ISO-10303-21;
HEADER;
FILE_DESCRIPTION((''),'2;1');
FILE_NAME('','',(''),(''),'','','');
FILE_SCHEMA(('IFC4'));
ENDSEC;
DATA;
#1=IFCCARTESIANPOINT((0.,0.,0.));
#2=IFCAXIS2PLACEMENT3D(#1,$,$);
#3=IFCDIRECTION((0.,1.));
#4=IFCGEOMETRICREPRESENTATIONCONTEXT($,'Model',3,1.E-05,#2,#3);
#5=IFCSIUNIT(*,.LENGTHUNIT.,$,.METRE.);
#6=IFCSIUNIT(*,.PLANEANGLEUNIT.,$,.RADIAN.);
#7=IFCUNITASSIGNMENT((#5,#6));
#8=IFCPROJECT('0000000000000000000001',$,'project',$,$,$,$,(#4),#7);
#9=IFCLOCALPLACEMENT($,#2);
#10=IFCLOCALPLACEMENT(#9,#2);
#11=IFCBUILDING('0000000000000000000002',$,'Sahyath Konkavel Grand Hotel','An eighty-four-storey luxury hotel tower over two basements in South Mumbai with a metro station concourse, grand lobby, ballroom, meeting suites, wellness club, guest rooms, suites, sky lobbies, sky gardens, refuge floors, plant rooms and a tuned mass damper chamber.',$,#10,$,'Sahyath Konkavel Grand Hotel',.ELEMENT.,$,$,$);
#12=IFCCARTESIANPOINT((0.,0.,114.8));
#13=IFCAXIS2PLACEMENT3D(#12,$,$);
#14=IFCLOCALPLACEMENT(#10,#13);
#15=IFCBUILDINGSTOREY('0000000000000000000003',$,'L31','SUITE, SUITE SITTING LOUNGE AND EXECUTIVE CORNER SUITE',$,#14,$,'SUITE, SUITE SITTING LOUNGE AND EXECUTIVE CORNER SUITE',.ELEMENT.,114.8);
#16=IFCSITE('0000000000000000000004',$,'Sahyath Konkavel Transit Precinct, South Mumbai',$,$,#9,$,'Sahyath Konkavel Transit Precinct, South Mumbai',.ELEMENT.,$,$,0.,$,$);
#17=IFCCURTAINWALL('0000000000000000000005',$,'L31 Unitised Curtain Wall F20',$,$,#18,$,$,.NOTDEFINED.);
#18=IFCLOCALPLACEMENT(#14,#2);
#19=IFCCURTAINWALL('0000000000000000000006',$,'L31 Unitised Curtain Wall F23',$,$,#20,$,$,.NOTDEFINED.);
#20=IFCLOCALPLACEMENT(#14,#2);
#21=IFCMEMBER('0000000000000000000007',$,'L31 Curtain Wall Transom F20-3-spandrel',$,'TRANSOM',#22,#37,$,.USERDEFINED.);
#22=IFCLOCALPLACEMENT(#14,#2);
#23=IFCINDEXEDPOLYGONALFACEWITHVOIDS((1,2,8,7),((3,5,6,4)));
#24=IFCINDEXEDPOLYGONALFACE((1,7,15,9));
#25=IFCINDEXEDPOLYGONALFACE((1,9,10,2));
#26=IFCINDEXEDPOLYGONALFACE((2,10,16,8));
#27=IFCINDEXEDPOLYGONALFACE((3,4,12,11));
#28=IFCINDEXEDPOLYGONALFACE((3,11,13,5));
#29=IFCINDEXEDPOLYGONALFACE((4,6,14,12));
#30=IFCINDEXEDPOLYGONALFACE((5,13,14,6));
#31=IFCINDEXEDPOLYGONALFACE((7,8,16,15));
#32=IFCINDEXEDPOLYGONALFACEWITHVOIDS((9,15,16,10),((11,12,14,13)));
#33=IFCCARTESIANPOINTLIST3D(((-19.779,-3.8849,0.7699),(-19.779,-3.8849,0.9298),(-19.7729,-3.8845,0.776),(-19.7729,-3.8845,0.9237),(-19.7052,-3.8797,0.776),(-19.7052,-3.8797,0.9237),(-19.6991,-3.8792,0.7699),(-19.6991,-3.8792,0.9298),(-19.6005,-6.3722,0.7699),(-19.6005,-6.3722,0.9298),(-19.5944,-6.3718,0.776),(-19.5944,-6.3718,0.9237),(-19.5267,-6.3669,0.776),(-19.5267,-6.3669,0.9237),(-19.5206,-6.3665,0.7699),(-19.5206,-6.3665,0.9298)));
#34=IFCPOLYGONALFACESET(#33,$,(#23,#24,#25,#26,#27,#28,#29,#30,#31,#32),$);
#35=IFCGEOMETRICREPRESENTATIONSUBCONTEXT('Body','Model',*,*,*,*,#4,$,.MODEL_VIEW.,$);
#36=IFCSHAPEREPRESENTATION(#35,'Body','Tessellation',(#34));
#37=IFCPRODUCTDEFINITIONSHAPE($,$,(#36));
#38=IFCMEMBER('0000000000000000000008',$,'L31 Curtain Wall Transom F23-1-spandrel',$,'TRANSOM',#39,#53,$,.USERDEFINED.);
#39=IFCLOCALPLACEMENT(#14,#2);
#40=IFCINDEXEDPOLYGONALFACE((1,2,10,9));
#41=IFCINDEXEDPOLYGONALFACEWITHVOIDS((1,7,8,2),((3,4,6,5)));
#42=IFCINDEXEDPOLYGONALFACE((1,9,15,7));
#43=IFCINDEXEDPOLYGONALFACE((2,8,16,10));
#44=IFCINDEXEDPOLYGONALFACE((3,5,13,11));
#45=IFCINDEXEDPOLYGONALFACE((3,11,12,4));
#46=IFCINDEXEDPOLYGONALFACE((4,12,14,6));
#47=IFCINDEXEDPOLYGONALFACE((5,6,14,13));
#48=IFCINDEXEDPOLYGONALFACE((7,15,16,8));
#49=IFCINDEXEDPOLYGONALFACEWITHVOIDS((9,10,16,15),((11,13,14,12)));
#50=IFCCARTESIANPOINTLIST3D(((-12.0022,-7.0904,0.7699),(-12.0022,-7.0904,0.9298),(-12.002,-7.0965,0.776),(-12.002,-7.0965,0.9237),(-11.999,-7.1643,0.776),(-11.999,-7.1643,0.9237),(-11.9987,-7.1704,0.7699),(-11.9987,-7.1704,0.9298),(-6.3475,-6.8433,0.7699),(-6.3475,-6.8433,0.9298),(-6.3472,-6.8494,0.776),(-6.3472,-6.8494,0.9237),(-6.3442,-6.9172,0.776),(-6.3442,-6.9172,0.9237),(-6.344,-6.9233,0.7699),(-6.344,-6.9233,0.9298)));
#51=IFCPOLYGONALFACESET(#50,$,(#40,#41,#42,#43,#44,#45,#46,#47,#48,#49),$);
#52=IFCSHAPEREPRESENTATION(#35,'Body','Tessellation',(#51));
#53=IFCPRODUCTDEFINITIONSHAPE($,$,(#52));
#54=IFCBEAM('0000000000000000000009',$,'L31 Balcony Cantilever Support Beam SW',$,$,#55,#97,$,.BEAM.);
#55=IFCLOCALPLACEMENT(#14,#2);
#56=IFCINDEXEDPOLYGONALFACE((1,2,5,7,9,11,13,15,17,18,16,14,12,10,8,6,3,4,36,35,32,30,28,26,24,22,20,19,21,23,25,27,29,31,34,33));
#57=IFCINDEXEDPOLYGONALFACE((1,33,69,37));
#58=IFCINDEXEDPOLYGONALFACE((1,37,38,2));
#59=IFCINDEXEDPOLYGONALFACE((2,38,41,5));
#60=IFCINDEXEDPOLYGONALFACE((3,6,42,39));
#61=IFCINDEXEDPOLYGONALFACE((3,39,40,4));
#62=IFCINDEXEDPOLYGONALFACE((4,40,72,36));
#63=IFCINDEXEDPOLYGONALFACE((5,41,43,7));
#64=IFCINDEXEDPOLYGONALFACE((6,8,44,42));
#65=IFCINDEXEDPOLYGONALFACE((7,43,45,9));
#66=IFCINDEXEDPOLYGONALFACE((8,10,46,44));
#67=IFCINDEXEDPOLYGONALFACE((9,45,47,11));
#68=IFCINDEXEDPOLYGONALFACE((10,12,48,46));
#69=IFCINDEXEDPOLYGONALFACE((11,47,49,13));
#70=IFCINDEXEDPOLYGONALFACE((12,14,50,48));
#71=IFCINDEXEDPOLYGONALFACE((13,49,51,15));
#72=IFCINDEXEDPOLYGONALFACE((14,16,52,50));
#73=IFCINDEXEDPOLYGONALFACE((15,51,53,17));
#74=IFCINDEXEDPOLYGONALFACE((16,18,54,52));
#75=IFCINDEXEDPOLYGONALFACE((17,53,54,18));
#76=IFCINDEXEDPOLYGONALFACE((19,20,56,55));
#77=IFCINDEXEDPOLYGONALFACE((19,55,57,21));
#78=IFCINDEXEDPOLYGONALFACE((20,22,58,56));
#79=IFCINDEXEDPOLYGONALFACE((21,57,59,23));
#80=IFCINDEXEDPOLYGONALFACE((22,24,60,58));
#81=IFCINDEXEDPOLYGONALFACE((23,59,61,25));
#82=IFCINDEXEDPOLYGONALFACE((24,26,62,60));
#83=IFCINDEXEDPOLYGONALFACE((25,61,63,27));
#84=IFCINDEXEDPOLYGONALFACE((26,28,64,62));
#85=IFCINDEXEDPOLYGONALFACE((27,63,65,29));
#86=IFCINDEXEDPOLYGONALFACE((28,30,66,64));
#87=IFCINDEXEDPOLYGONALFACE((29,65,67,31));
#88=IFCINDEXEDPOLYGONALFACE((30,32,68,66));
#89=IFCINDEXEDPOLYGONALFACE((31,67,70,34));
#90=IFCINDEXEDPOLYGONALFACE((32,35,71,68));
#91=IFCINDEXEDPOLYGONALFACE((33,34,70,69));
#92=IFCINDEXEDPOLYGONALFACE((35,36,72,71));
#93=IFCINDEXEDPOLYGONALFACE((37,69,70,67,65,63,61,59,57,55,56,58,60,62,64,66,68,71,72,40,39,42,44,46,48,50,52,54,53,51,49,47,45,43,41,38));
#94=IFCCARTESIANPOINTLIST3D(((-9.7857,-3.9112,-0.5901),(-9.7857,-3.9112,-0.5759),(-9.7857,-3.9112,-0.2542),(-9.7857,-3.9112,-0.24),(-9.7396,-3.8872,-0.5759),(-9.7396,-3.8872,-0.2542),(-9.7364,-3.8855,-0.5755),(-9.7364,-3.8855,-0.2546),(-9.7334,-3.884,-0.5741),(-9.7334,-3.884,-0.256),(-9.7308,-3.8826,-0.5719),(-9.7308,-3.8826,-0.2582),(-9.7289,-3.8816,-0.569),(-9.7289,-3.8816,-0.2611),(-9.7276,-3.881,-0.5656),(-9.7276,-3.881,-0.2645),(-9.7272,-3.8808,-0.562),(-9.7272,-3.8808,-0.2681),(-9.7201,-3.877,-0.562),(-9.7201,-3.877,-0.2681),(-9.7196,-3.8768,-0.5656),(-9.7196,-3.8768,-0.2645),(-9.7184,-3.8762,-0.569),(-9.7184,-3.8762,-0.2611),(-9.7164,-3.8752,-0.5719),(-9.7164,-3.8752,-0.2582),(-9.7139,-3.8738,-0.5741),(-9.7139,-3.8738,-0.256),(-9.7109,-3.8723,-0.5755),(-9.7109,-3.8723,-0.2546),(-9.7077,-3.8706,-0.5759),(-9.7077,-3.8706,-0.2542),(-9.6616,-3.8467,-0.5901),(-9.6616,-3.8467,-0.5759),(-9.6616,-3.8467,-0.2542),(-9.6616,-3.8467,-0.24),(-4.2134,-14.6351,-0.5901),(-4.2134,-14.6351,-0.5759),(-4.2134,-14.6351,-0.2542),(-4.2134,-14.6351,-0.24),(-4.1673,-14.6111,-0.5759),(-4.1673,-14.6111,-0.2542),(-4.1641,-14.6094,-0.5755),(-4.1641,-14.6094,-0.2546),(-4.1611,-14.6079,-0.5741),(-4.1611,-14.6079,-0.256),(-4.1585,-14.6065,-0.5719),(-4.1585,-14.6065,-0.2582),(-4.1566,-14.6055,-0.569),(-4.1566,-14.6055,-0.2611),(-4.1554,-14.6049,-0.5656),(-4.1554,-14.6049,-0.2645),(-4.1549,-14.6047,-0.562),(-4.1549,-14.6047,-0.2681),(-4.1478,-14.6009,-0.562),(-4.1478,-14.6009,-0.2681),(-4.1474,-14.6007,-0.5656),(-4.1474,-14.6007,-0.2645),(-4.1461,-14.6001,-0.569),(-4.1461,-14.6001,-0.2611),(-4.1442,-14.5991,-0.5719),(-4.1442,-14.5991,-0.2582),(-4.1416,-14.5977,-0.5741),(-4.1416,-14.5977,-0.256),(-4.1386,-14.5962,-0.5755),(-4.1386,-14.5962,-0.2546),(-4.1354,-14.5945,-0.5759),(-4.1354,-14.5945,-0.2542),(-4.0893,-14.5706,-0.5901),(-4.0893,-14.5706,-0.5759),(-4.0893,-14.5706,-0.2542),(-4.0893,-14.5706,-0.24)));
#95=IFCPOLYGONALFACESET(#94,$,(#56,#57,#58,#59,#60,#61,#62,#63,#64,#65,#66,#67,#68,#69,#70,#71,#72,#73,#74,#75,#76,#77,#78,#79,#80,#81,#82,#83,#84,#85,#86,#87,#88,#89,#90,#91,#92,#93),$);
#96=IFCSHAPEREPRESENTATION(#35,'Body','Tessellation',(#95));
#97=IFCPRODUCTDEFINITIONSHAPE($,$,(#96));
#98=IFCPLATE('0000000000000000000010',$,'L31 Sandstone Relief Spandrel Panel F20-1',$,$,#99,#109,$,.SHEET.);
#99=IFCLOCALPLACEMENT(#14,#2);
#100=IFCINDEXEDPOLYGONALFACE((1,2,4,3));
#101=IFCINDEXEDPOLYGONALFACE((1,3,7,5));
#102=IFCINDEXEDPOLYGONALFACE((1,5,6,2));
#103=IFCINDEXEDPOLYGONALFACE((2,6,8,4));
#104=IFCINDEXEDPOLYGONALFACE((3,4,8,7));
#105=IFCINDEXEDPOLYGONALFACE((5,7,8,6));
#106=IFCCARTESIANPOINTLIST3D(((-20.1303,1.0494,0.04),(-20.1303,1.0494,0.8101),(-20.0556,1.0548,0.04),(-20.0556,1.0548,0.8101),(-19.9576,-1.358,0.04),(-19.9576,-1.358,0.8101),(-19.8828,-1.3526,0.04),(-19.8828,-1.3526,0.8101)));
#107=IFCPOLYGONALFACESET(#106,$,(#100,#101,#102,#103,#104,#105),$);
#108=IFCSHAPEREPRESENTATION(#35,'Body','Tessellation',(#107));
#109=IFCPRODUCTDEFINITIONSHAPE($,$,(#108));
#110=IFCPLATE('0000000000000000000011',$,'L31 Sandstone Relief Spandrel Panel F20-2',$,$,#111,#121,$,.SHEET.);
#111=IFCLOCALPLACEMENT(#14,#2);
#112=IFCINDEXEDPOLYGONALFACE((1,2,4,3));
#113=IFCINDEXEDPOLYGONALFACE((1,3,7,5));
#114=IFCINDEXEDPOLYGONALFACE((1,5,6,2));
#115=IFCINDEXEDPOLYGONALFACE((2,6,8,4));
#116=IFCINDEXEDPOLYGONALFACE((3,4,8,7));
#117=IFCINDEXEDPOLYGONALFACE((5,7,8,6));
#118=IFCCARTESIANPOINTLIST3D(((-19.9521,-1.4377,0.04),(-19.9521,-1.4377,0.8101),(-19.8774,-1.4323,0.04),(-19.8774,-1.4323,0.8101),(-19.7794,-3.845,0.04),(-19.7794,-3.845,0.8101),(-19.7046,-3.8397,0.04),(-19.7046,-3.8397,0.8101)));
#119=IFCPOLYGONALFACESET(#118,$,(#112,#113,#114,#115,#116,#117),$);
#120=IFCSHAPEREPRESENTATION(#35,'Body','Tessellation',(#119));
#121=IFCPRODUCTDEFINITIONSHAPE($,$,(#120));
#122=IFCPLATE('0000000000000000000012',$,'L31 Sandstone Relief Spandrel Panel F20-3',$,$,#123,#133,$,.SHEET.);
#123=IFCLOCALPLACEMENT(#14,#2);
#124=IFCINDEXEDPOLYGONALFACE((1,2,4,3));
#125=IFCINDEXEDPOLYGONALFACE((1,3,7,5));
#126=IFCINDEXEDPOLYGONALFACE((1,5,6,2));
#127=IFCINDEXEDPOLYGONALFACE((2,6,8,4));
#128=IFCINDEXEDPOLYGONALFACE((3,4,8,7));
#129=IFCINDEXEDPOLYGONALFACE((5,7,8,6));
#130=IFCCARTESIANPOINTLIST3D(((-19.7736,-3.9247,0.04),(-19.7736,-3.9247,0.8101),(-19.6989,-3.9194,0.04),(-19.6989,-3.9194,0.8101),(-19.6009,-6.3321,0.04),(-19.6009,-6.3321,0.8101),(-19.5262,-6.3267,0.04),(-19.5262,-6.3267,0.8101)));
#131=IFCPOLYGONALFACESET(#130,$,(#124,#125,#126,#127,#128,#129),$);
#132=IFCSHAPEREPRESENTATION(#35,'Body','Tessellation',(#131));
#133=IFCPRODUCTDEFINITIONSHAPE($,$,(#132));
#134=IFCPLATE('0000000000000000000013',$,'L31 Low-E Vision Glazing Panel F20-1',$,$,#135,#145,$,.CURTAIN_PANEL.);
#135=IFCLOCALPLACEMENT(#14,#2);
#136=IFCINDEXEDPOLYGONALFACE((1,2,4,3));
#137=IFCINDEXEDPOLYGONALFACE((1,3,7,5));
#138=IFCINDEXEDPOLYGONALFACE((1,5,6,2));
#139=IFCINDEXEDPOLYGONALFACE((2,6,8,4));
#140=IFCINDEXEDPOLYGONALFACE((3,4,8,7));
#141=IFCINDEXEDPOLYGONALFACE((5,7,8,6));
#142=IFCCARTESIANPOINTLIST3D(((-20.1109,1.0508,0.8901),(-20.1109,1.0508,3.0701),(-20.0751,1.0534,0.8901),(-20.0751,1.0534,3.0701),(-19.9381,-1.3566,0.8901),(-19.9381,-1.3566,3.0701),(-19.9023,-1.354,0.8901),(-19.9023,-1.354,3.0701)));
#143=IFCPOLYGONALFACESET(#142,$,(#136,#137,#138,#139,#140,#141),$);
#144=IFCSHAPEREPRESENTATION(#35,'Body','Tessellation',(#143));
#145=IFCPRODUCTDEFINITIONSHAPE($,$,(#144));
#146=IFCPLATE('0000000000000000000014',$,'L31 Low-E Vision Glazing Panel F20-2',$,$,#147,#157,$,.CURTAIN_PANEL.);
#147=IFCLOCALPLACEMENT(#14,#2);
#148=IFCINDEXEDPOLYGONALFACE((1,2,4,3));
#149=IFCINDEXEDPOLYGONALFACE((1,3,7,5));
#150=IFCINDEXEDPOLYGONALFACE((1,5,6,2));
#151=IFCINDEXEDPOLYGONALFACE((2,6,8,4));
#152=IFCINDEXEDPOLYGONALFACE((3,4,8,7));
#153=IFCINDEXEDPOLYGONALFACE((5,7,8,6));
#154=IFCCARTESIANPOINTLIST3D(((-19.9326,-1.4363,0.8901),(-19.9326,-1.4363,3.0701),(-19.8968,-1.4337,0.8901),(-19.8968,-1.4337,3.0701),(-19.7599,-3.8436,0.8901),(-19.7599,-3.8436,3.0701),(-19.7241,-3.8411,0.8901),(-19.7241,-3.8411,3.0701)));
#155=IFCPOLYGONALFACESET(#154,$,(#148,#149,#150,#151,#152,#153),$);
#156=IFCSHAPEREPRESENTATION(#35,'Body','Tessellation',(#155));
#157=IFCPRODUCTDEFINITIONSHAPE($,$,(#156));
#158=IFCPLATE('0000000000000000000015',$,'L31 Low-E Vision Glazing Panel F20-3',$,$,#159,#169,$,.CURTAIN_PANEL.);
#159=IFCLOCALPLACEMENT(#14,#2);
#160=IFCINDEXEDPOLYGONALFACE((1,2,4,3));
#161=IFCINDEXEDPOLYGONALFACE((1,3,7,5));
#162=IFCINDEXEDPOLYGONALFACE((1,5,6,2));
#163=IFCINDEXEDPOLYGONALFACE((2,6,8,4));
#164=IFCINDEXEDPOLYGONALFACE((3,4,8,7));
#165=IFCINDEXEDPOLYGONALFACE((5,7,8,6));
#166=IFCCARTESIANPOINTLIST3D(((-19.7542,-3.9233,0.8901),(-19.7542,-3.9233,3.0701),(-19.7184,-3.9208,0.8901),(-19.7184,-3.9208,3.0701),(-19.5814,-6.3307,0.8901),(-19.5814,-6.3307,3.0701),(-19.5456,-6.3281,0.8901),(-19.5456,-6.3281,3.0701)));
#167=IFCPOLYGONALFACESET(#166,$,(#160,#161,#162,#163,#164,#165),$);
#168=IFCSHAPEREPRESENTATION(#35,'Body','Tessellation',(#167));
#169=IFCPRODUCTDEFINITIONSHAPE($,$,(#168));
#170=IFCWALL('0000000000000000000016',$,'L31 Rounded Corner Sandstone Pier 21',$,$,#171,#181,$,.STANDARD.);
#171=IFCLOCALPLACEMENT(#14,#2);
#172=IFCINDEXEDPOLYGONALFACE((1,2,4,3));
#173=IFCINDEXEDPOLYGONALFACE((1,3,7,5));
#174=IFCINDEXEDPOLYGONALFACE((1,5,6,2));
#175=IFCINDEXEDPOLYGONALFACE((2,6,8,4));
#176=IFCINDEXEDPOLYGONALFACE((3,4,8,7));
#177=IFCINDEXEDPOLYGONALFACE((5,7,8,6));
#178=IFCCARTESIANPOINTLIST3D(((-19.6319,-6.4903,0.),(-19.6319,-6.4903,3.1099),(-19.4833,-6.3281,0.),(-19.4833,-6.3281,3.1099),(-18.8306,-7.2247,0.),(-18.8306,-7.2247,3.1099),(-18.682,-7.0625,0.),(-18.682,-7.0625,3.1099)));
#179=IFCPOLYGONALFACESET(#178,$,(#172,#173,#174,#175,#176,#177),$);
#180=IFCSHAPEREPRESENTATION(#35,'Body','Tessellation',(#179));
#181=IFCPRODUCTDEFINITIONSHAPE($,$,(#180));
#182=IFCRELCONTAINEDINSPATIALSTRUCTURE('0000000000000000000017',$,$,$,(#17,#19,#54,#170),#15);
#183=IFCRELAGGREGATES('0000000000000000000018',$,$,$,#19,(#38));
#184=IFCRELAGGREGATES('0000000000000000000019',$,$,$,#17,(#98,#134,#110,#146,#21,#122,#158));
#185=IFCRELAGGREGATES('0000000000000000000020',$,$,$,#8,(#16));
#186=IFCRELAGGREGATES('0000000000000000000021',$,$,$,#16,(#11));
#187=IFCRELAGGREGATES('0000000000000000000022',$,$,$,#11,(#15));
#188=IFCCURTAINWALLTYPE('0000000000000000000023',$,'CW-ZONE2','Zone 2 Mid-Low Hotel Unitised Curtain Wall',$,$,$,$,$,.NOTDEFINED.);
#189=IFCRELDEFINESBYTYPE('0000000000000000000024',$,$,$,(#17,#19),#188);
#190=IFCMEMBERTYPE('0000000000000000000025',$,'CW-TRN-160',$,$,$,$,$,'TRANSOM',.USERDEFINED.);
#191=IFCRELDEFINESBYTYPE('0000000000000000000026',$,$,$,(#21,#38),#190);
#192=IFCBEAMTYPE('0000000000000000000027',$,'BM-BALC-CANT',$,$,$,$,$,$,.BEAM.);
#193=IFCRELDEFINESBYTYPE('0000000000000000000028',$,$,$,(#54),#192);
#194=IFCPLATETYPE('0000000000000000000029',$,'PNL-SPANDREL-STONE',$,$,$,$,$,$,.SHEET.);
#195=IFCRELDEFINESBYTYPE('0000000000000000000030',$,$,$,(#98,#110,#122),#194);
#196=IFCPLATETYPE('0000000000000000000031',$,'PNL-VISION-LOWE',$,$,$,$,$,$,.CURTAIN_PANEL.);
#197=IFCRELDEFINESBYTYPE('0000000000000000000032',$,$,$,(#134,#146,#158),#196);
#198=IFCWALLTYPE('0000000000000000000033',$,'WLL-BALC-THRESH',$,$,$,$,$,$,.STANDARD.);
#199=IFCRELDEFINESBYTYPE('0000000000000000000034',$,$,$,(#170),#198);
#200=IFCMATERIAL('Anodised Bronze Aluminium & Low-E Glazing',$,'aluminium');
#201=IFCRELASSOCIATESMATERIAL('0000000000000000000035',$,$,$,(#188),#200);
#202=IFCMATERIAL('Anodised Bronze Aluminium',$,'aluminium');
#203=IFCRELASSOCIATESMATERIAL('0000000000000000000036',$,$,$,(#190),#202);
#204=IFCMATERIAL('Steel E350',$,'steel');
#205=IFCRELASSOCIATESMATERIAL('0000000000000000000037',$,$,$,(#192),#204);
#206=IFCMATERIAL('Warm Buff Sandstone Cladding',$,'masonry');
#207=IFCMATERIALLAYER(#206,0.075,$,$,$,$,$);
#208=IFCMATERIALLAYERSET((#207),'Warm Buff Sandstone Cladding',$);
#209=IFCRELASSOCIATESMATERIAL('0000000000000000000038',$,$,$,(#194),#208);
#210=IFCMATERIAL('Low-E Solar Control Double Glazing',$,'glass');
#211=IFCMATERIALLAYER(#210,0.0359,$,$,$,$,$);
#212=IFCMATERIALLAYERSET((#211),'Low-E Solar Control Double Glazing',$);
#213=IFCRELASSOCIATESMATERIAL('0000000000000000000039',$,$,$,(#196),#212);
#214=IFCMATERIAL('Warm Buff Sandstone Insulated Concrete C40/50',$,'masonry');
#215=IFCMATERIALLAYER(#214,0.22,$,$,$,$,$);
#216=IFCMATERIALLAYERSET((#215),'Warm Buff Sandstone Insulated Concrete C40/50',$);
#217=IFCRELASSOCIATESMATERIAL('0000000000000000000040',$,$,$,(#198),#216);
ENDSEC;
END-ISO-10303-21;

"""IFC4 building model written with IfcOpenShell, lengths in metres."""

from ifc_helpers import new_model, si_unit, direction, frame, frame_2d, origin, origin_2d, place, context, subcontext, project, spatial, rectangle, hollow_rectangle, i_section, extrude, source, transform, mapped, material, layer, layer_set, material_profile, profile_set, type_object, element, aggregate, save


model = new_model("IFC4")

# Units and contexts
model_context = context("Model", 3, precision=1e-05, world=origin(), true_north=direction((0.0, 1.0)))
body_context = subcontext(model_context, "Body", "Model", "MODEL_VIEW")
ifc_project = project(units=[si_unit("LENGTHUNIT", "METRE"), si_unit("PLANEANGLEUNIT", "RADIAN")], contexts=[model_context])

# Site, building, storey
site_placement = place(None, origin())
site = spatial("IfcSite", under=ifc_project, at=site_placement, Name="Sahyath Konkavel Transit Precinct, South Mumbai", LongName="Sahyath Konkavel Transit Precinct, South Mumbai", CompositionType="ELEMENT", RefElevation=0.0)
building_placement = place(site_placement, origin())
building = spatial("IfcBuilding", under=site, at=building_placement, Name="Sahyath Konkavel Grand Hotel", Description="An eighty-four-storey luxury hotel tower over two basements in South Mumbai with a metro station concourse, grand lobby, ballroom, meeting suites, wellness club, guest rooms, suites, sky lobbies, sky gardens, refuge floors, plant rooms and a tuned mass damper chamber.", LongName="Sahyath Konkavel Grand Hotel", CompositionType="ELEMENT")
storey_placement = place(building_placement, frame((0.0, 0.0, 114.8)))
storey = spatial("IfcBuildingStorey", under=building, at=storey_placement, Name="L31", Description="SUITE, SUITE SITTING LOUNGE AND EXECUTIVE CORNER SUITE", LongName="SUITE, SUITE SITTING LOUNGE AND EXECUTIVE CORNER SUITE", CompositionType="ELEMENT", Elevation=114.8)

# Shared definitions
ifc_material_1 = material(Name="Steel E350", Category="steel")

# Curtain wall
ifc_material_2 = material(Name="Anodised Bronze Aluminium & Low-E Glazing", Category="aluminium")
curtain_wall_type = type_object("IfcCurtainWallType", Name="CW-ZONE2", Description="Zone 2 Mid-Low Hotel Unitised Curtain Wall", PredefinedType="NOTDEFINED", material=ifc_material_2)
curtain_wall_1_placement = place(storey_placement, origin())
curtain_wall_1 = element("IfcCurtainWall", 1, at=curtain_wall_1_placement, inside=storey, type_object=curtain_wall_type, Name="L31 Unitised Curtain Wall F20", PredefinedType="NOTDEFINED")
ifc_material_3 = material(Name="Anodised Bronze Aluminium", Category="aluminium")

# Curtain wall
curtain_wall_2_placement = place(storey_placement, origin())
curtain_wall_2 = element("IfcCurtainWall", 2, at=curtain_wall_2_placement, inside=storey, type_object=curtain_wall_type, Name="L31 Unitised Curtain Wall F23", PredefinedType="NOTDEFINED")

# Members
ifc_material_profile_1 = material_profile(ifc_material_3, hollow_rectangle(XDim=0.0801, YDim=0.1599, WallThickness=0.0061, at=origin_2d()), Name="RHS 160x80x6")
ifc_profile_set_1 = profile_set([ifc_material_profile_1], Name="Anodised Bronze Aluminium")
member_type_1 = type_object("IfcMemberType", Name="CW-TRN-160", ElementType="TRANSOM", PredefinedType="USERDEFINED", material=ifc_profile_set_1)
shared_shape_1 = source(origin(), body_context, "Body", "SweptSolid", [
    extrude(hollow_rectangle(XDim=0.0801, YDim=0.1599, WallThickness=0.0061, at=origin_2d()), origin(), (0.0, 0.0, 1.0), 2.4937),
])
member_1_placement = place(storey_placement, frame((-19.739, -3.8821, 0.8499), z_axis=(0.071567, -0.997436, 0.0), x_axis=(0.997436, 0.071567, 0.0)))
member_1 = element("IfcMember", 3, at=member_1_placement, type_object=member_type_1, Name="L31 Curtain Wall Transom F20-3-spandrel", ObjectType="TRANSOM", PredefinedType="USERDEFINED", context=body_context, shape_type="MappedRepresentation", body=[
    mapped(shared_shape_1, transform((0.0, 0.0, 0.0), scale=1.0)),
])
shared_shape_2 = source(origin(), body_context, "Body", "SweptSolid", [
    extrude(hollow_rectangle(XDim=0.0801, YDim=0.1599, WallThickness=0.0061, at=origin_2d()), origin(), (0.0, 0.0, 1.0), 5.6602),
])
member_2_placement = place(storey_placement, frame((-12.0005, -7.1304, 0.8499), z_axis=(0.999047, 0.043651, 0.0), x_axis=(-0.043651, 0.999047, 0.0)))
member_2 = element("IfcMember", 4, at=member_2_placement, type_object=member_type_1, Name="L31 Curtain Wall Transom F23-1-spandrel", ObjectType="TRANSOM", PredefinedType="USERDEFINED", context=body_context, shape_type="MappedRepresentation", body=[
    mapped(shared_shape_2, transform((0.0, 0.0, 0.0), scale=1.0)),
])
aggregate(curtain_wall_2, [member_2])

# Beam
ifc_material_profile_2 = material_profile(ifc_material_1, i_section(OverallWidth=0.1399, OverallDepth=0.3501, WebThickness=0.0081, FlangeThickness=0.0142, FilletRadius=0.0139, at=origin_2d()), Name="ISMB 350")
ifc_profile_set_2 = profile_set([ifc_material_profile_2], Name="Steel E350")
beam_type_1 = type_object("IfcBeamType", Name="BM-BALC-CANT", PredefinedType="BEAM", material=ifc_profile_set_2)
shared_shape_3 = source(origin(), body_context, "Body", "SweptSolid", [
    extrude(i_section(OverallWidth=0.1399, OverallDepth=0.3501, WebThickness=0.0081, FlangeThickness=0.0142, FilletRadius=0.0139, at=origin_2d()), origin(), (0.0, 0.0, 1.0), 12.0852),
])
beam_1_placement = place(storey_placement, frame((-9.7236, -3.8789, -0.415), z_axis=(0.461082, -0.887357, 0.0), x_axis=(0.887357, 0.461082, 0.0)))
element("IfcBeam", 5, at=beam_1_placement, inside=storey, type_object=beam_type_1, Name="L31 Balcony Cantilever Support Beam SW", PredefinedType="BEAM", context=body_context, shape_type="MappedRepresentation", body=[
    mapped(shared_shape_3, transform((0.0, 0.0, 0.0), scale=1.0)),
])

# Plates
ifc_material_4 = material(Name="Warm Buff Sandstone Cladding", Category="masonry")
ifc_layer_1 = layer(ifc_material_4, 0.075)
ifc_layer_set_1 = layer_set([ifc_layer_1], Name="Warm Buff Sandstone Cladding")
plate_type_1 = type_object("IfcPlateType", Name="PNL-SPANDREL-STONE", PredefinedType="SHEET", material=ifc_layer_set_1)
shared_shape_4 = source(origin(), body_context, "Body", "SweptSolid", [
    extrude(rectangle(XDim=2.4136, YDim=0.075, at=origin_2d()), origin(), (0.0, 0.0, 1.0), 0.77),
])
plate_1_placement = place(storey_placement, frame((-20.0066, -0.1516, 0.04), z_axis=(0.0, 0.0, 1.0), x_axis=(0.071567, -0.997436, 0.0)))
plate_1 = element("IfcPlate", 6, at=plate_1_placement, type_object=plate_type_1, Name="L31 Sandstone Relief Spandrel Panel F20-1", PredefinedType="SHEET", context=body_context, shape_type="MappedRepresentation", body=[
    mapped(shared_shape_4, transform((0.0, 0.0, 0.0), scale=1.0)),
])
plate_2_placement = place(storey_placement, frame((-19.8284, -2.6387, 0.04), z_axis=(0.0, 0.0, 1.0), x_axis=(0.071567, -0.997436, 0.0)))
plate_2 = element("IfcPlate", 7, at=plate_2_placement, type_object=plate_type_1, Name="L31 Sandstone Relief Spandrel Panel F20-2", PredefinedType="SHEET", context=body_context, shape_type="MappedRepresentation", body=[
    mapped(shared_shape_4, transform((0.0, 0.0, 0.0), scale=1.0)),
])
plate_3_placement = place(storey_placement, frame((-19.6499, -5.1257, 0.04), z_axis=(0.0, 0.0, 1.0), x_axis=(0.071567, -0.997436, 0.0)))
plate_3 = element("IfcPlate", 8, at=plate_3_placement, type_object=plate_type_1, Name="L31 Sandstone Relief Spandrel Panel F20-3", PredefinedType="SHEET", context=body_context, shape_type="MappedRepresentation", body=[
    mapped(shared_shape_4, transform((0.0, 0.0, 0.0), scale=1.0)),
])
ifc_material_5 = material(Name="Low-E Solar Control Double Glazing", Category="glass")
ifc_layer_2 = layer(ifc_material_5, 0.0359)
ifc_layer_set_2 = layer_set([ifc_layer_2], Name="Low-E Solar Control Double Glazing")
plate_type_2 = type_object("IfcPlateType", Name="PNL-VISION-LOWE", PredefinedType="CURTAIN_PANEL", material=ifc_layer_set_2)
shared_shape_5 = source(origin(), body_context, "Body", "SweptSolid", [
    extrude(rectangle(XDim=2.4136, YDim=0.0359, at=origin_2d()), origin(), (0.0, 0.0, 1.0), 2.1799),
])
plate_4_placement = place(storey_placement, frame((-20.0066, -0.1516, 0.8901), z_axis=(0.0, 0.0, 1.0), x_axis=(0.071567, -0.997436, 0.0)))
plate_4 = element("IfcPlate", 9, at=plate_4_placement, type_object=plate_type_2, Name="L31 Low-E Vision Glazing Panel F20-1", PredefinedType="CURTAIN_PANEL", context=body_context, shape_type="MappedRepresentation", body=[
    mapped(shared_shape_5, transform((0.0, 0.0, 0.0), scale=1.0)),
])
plate_5_placement = place(storey_placement, frame((-19.8284, -2.6387, 0.8901), z_axis=(0.0, 0.0, 1.0), x_axis=(0.071567, -0.997436, 0.0)))
plate_5 = element("IfcPlate", 10, at=plate_5_placement, type_object=plate_type_2, Name="L31 Low-E Vision Glazing Panel F20-2", PredefinedType="CURTAIN_PANEL", context=body_context, shape_type="MappedRepresentation", body=[
    mapped(shared_shape_5, transform((0.0, 0.0, 0.0), scale=1.0)),
])
plate_6_placement = place(storey_placement, frame((-19.6499, -5.1257, 0.8901), z_axis=(0.0, 0.0, 1.0), x_axis=(0.071567, -0.997436, 0.0)))
plate_6 = element("IfcPlate", 11, at=plate_6_placement, type_object=plate_type_2, Name="L31 Low-E Vision Glazing Panel F20-3", PredefinedType="CURTAIN_PANEL", context=body_context, shape_type="MappedRepresentation", body=[
    mapped(shared_shape_5, transform((0.0, 0.0, 0.0), scale=1.0)),
])
aggregate(curtain_wall_1, [plate_1, plate_4, plate_2, plate_5, member_1, plate_3, plate_6])

# Wall
ifc_material_6 = material(Name="Warm Buff Sandstone Insulated Concrete C40/50", Category="masonry")
ifc_layer_3 = layer(ifc_material_6, 0.22)
ifc_layer_set_3 = layer_set([ifc_layer_3], Name="Warm Buff Sandstone Insulated Concrete C40/50")
wall_type_1 = type_object("IfcWallType", Name="WLL-BALC-THRESH", PredefinedType="STANDARD", material=ifc_layer_set_3)
wall_1_placement = place(storey_placement, frame((-19.5576, -6.4092, 0.0), z_axis=(0.0, 0.0, 1.0), x_axis=(0.73721, -0.675664, 0.0)))
element("IfcWall", 12, at=wall_1_placement, inside=storey, type_object=wall_type_1, Name="L31 Rounded Corner Sandstone Pier 21", PredefinedType="STANDARD", context=body_context, shape_type="SweptSolid", body=[
    extrude(rectangle(XDim=1.0869, YDim=0.22, at=frame_2d((0.5435, 0.0))), origin(), (0.0, 0.0, 1.0), 3.1099),
])

save(model, "model.ifc")
